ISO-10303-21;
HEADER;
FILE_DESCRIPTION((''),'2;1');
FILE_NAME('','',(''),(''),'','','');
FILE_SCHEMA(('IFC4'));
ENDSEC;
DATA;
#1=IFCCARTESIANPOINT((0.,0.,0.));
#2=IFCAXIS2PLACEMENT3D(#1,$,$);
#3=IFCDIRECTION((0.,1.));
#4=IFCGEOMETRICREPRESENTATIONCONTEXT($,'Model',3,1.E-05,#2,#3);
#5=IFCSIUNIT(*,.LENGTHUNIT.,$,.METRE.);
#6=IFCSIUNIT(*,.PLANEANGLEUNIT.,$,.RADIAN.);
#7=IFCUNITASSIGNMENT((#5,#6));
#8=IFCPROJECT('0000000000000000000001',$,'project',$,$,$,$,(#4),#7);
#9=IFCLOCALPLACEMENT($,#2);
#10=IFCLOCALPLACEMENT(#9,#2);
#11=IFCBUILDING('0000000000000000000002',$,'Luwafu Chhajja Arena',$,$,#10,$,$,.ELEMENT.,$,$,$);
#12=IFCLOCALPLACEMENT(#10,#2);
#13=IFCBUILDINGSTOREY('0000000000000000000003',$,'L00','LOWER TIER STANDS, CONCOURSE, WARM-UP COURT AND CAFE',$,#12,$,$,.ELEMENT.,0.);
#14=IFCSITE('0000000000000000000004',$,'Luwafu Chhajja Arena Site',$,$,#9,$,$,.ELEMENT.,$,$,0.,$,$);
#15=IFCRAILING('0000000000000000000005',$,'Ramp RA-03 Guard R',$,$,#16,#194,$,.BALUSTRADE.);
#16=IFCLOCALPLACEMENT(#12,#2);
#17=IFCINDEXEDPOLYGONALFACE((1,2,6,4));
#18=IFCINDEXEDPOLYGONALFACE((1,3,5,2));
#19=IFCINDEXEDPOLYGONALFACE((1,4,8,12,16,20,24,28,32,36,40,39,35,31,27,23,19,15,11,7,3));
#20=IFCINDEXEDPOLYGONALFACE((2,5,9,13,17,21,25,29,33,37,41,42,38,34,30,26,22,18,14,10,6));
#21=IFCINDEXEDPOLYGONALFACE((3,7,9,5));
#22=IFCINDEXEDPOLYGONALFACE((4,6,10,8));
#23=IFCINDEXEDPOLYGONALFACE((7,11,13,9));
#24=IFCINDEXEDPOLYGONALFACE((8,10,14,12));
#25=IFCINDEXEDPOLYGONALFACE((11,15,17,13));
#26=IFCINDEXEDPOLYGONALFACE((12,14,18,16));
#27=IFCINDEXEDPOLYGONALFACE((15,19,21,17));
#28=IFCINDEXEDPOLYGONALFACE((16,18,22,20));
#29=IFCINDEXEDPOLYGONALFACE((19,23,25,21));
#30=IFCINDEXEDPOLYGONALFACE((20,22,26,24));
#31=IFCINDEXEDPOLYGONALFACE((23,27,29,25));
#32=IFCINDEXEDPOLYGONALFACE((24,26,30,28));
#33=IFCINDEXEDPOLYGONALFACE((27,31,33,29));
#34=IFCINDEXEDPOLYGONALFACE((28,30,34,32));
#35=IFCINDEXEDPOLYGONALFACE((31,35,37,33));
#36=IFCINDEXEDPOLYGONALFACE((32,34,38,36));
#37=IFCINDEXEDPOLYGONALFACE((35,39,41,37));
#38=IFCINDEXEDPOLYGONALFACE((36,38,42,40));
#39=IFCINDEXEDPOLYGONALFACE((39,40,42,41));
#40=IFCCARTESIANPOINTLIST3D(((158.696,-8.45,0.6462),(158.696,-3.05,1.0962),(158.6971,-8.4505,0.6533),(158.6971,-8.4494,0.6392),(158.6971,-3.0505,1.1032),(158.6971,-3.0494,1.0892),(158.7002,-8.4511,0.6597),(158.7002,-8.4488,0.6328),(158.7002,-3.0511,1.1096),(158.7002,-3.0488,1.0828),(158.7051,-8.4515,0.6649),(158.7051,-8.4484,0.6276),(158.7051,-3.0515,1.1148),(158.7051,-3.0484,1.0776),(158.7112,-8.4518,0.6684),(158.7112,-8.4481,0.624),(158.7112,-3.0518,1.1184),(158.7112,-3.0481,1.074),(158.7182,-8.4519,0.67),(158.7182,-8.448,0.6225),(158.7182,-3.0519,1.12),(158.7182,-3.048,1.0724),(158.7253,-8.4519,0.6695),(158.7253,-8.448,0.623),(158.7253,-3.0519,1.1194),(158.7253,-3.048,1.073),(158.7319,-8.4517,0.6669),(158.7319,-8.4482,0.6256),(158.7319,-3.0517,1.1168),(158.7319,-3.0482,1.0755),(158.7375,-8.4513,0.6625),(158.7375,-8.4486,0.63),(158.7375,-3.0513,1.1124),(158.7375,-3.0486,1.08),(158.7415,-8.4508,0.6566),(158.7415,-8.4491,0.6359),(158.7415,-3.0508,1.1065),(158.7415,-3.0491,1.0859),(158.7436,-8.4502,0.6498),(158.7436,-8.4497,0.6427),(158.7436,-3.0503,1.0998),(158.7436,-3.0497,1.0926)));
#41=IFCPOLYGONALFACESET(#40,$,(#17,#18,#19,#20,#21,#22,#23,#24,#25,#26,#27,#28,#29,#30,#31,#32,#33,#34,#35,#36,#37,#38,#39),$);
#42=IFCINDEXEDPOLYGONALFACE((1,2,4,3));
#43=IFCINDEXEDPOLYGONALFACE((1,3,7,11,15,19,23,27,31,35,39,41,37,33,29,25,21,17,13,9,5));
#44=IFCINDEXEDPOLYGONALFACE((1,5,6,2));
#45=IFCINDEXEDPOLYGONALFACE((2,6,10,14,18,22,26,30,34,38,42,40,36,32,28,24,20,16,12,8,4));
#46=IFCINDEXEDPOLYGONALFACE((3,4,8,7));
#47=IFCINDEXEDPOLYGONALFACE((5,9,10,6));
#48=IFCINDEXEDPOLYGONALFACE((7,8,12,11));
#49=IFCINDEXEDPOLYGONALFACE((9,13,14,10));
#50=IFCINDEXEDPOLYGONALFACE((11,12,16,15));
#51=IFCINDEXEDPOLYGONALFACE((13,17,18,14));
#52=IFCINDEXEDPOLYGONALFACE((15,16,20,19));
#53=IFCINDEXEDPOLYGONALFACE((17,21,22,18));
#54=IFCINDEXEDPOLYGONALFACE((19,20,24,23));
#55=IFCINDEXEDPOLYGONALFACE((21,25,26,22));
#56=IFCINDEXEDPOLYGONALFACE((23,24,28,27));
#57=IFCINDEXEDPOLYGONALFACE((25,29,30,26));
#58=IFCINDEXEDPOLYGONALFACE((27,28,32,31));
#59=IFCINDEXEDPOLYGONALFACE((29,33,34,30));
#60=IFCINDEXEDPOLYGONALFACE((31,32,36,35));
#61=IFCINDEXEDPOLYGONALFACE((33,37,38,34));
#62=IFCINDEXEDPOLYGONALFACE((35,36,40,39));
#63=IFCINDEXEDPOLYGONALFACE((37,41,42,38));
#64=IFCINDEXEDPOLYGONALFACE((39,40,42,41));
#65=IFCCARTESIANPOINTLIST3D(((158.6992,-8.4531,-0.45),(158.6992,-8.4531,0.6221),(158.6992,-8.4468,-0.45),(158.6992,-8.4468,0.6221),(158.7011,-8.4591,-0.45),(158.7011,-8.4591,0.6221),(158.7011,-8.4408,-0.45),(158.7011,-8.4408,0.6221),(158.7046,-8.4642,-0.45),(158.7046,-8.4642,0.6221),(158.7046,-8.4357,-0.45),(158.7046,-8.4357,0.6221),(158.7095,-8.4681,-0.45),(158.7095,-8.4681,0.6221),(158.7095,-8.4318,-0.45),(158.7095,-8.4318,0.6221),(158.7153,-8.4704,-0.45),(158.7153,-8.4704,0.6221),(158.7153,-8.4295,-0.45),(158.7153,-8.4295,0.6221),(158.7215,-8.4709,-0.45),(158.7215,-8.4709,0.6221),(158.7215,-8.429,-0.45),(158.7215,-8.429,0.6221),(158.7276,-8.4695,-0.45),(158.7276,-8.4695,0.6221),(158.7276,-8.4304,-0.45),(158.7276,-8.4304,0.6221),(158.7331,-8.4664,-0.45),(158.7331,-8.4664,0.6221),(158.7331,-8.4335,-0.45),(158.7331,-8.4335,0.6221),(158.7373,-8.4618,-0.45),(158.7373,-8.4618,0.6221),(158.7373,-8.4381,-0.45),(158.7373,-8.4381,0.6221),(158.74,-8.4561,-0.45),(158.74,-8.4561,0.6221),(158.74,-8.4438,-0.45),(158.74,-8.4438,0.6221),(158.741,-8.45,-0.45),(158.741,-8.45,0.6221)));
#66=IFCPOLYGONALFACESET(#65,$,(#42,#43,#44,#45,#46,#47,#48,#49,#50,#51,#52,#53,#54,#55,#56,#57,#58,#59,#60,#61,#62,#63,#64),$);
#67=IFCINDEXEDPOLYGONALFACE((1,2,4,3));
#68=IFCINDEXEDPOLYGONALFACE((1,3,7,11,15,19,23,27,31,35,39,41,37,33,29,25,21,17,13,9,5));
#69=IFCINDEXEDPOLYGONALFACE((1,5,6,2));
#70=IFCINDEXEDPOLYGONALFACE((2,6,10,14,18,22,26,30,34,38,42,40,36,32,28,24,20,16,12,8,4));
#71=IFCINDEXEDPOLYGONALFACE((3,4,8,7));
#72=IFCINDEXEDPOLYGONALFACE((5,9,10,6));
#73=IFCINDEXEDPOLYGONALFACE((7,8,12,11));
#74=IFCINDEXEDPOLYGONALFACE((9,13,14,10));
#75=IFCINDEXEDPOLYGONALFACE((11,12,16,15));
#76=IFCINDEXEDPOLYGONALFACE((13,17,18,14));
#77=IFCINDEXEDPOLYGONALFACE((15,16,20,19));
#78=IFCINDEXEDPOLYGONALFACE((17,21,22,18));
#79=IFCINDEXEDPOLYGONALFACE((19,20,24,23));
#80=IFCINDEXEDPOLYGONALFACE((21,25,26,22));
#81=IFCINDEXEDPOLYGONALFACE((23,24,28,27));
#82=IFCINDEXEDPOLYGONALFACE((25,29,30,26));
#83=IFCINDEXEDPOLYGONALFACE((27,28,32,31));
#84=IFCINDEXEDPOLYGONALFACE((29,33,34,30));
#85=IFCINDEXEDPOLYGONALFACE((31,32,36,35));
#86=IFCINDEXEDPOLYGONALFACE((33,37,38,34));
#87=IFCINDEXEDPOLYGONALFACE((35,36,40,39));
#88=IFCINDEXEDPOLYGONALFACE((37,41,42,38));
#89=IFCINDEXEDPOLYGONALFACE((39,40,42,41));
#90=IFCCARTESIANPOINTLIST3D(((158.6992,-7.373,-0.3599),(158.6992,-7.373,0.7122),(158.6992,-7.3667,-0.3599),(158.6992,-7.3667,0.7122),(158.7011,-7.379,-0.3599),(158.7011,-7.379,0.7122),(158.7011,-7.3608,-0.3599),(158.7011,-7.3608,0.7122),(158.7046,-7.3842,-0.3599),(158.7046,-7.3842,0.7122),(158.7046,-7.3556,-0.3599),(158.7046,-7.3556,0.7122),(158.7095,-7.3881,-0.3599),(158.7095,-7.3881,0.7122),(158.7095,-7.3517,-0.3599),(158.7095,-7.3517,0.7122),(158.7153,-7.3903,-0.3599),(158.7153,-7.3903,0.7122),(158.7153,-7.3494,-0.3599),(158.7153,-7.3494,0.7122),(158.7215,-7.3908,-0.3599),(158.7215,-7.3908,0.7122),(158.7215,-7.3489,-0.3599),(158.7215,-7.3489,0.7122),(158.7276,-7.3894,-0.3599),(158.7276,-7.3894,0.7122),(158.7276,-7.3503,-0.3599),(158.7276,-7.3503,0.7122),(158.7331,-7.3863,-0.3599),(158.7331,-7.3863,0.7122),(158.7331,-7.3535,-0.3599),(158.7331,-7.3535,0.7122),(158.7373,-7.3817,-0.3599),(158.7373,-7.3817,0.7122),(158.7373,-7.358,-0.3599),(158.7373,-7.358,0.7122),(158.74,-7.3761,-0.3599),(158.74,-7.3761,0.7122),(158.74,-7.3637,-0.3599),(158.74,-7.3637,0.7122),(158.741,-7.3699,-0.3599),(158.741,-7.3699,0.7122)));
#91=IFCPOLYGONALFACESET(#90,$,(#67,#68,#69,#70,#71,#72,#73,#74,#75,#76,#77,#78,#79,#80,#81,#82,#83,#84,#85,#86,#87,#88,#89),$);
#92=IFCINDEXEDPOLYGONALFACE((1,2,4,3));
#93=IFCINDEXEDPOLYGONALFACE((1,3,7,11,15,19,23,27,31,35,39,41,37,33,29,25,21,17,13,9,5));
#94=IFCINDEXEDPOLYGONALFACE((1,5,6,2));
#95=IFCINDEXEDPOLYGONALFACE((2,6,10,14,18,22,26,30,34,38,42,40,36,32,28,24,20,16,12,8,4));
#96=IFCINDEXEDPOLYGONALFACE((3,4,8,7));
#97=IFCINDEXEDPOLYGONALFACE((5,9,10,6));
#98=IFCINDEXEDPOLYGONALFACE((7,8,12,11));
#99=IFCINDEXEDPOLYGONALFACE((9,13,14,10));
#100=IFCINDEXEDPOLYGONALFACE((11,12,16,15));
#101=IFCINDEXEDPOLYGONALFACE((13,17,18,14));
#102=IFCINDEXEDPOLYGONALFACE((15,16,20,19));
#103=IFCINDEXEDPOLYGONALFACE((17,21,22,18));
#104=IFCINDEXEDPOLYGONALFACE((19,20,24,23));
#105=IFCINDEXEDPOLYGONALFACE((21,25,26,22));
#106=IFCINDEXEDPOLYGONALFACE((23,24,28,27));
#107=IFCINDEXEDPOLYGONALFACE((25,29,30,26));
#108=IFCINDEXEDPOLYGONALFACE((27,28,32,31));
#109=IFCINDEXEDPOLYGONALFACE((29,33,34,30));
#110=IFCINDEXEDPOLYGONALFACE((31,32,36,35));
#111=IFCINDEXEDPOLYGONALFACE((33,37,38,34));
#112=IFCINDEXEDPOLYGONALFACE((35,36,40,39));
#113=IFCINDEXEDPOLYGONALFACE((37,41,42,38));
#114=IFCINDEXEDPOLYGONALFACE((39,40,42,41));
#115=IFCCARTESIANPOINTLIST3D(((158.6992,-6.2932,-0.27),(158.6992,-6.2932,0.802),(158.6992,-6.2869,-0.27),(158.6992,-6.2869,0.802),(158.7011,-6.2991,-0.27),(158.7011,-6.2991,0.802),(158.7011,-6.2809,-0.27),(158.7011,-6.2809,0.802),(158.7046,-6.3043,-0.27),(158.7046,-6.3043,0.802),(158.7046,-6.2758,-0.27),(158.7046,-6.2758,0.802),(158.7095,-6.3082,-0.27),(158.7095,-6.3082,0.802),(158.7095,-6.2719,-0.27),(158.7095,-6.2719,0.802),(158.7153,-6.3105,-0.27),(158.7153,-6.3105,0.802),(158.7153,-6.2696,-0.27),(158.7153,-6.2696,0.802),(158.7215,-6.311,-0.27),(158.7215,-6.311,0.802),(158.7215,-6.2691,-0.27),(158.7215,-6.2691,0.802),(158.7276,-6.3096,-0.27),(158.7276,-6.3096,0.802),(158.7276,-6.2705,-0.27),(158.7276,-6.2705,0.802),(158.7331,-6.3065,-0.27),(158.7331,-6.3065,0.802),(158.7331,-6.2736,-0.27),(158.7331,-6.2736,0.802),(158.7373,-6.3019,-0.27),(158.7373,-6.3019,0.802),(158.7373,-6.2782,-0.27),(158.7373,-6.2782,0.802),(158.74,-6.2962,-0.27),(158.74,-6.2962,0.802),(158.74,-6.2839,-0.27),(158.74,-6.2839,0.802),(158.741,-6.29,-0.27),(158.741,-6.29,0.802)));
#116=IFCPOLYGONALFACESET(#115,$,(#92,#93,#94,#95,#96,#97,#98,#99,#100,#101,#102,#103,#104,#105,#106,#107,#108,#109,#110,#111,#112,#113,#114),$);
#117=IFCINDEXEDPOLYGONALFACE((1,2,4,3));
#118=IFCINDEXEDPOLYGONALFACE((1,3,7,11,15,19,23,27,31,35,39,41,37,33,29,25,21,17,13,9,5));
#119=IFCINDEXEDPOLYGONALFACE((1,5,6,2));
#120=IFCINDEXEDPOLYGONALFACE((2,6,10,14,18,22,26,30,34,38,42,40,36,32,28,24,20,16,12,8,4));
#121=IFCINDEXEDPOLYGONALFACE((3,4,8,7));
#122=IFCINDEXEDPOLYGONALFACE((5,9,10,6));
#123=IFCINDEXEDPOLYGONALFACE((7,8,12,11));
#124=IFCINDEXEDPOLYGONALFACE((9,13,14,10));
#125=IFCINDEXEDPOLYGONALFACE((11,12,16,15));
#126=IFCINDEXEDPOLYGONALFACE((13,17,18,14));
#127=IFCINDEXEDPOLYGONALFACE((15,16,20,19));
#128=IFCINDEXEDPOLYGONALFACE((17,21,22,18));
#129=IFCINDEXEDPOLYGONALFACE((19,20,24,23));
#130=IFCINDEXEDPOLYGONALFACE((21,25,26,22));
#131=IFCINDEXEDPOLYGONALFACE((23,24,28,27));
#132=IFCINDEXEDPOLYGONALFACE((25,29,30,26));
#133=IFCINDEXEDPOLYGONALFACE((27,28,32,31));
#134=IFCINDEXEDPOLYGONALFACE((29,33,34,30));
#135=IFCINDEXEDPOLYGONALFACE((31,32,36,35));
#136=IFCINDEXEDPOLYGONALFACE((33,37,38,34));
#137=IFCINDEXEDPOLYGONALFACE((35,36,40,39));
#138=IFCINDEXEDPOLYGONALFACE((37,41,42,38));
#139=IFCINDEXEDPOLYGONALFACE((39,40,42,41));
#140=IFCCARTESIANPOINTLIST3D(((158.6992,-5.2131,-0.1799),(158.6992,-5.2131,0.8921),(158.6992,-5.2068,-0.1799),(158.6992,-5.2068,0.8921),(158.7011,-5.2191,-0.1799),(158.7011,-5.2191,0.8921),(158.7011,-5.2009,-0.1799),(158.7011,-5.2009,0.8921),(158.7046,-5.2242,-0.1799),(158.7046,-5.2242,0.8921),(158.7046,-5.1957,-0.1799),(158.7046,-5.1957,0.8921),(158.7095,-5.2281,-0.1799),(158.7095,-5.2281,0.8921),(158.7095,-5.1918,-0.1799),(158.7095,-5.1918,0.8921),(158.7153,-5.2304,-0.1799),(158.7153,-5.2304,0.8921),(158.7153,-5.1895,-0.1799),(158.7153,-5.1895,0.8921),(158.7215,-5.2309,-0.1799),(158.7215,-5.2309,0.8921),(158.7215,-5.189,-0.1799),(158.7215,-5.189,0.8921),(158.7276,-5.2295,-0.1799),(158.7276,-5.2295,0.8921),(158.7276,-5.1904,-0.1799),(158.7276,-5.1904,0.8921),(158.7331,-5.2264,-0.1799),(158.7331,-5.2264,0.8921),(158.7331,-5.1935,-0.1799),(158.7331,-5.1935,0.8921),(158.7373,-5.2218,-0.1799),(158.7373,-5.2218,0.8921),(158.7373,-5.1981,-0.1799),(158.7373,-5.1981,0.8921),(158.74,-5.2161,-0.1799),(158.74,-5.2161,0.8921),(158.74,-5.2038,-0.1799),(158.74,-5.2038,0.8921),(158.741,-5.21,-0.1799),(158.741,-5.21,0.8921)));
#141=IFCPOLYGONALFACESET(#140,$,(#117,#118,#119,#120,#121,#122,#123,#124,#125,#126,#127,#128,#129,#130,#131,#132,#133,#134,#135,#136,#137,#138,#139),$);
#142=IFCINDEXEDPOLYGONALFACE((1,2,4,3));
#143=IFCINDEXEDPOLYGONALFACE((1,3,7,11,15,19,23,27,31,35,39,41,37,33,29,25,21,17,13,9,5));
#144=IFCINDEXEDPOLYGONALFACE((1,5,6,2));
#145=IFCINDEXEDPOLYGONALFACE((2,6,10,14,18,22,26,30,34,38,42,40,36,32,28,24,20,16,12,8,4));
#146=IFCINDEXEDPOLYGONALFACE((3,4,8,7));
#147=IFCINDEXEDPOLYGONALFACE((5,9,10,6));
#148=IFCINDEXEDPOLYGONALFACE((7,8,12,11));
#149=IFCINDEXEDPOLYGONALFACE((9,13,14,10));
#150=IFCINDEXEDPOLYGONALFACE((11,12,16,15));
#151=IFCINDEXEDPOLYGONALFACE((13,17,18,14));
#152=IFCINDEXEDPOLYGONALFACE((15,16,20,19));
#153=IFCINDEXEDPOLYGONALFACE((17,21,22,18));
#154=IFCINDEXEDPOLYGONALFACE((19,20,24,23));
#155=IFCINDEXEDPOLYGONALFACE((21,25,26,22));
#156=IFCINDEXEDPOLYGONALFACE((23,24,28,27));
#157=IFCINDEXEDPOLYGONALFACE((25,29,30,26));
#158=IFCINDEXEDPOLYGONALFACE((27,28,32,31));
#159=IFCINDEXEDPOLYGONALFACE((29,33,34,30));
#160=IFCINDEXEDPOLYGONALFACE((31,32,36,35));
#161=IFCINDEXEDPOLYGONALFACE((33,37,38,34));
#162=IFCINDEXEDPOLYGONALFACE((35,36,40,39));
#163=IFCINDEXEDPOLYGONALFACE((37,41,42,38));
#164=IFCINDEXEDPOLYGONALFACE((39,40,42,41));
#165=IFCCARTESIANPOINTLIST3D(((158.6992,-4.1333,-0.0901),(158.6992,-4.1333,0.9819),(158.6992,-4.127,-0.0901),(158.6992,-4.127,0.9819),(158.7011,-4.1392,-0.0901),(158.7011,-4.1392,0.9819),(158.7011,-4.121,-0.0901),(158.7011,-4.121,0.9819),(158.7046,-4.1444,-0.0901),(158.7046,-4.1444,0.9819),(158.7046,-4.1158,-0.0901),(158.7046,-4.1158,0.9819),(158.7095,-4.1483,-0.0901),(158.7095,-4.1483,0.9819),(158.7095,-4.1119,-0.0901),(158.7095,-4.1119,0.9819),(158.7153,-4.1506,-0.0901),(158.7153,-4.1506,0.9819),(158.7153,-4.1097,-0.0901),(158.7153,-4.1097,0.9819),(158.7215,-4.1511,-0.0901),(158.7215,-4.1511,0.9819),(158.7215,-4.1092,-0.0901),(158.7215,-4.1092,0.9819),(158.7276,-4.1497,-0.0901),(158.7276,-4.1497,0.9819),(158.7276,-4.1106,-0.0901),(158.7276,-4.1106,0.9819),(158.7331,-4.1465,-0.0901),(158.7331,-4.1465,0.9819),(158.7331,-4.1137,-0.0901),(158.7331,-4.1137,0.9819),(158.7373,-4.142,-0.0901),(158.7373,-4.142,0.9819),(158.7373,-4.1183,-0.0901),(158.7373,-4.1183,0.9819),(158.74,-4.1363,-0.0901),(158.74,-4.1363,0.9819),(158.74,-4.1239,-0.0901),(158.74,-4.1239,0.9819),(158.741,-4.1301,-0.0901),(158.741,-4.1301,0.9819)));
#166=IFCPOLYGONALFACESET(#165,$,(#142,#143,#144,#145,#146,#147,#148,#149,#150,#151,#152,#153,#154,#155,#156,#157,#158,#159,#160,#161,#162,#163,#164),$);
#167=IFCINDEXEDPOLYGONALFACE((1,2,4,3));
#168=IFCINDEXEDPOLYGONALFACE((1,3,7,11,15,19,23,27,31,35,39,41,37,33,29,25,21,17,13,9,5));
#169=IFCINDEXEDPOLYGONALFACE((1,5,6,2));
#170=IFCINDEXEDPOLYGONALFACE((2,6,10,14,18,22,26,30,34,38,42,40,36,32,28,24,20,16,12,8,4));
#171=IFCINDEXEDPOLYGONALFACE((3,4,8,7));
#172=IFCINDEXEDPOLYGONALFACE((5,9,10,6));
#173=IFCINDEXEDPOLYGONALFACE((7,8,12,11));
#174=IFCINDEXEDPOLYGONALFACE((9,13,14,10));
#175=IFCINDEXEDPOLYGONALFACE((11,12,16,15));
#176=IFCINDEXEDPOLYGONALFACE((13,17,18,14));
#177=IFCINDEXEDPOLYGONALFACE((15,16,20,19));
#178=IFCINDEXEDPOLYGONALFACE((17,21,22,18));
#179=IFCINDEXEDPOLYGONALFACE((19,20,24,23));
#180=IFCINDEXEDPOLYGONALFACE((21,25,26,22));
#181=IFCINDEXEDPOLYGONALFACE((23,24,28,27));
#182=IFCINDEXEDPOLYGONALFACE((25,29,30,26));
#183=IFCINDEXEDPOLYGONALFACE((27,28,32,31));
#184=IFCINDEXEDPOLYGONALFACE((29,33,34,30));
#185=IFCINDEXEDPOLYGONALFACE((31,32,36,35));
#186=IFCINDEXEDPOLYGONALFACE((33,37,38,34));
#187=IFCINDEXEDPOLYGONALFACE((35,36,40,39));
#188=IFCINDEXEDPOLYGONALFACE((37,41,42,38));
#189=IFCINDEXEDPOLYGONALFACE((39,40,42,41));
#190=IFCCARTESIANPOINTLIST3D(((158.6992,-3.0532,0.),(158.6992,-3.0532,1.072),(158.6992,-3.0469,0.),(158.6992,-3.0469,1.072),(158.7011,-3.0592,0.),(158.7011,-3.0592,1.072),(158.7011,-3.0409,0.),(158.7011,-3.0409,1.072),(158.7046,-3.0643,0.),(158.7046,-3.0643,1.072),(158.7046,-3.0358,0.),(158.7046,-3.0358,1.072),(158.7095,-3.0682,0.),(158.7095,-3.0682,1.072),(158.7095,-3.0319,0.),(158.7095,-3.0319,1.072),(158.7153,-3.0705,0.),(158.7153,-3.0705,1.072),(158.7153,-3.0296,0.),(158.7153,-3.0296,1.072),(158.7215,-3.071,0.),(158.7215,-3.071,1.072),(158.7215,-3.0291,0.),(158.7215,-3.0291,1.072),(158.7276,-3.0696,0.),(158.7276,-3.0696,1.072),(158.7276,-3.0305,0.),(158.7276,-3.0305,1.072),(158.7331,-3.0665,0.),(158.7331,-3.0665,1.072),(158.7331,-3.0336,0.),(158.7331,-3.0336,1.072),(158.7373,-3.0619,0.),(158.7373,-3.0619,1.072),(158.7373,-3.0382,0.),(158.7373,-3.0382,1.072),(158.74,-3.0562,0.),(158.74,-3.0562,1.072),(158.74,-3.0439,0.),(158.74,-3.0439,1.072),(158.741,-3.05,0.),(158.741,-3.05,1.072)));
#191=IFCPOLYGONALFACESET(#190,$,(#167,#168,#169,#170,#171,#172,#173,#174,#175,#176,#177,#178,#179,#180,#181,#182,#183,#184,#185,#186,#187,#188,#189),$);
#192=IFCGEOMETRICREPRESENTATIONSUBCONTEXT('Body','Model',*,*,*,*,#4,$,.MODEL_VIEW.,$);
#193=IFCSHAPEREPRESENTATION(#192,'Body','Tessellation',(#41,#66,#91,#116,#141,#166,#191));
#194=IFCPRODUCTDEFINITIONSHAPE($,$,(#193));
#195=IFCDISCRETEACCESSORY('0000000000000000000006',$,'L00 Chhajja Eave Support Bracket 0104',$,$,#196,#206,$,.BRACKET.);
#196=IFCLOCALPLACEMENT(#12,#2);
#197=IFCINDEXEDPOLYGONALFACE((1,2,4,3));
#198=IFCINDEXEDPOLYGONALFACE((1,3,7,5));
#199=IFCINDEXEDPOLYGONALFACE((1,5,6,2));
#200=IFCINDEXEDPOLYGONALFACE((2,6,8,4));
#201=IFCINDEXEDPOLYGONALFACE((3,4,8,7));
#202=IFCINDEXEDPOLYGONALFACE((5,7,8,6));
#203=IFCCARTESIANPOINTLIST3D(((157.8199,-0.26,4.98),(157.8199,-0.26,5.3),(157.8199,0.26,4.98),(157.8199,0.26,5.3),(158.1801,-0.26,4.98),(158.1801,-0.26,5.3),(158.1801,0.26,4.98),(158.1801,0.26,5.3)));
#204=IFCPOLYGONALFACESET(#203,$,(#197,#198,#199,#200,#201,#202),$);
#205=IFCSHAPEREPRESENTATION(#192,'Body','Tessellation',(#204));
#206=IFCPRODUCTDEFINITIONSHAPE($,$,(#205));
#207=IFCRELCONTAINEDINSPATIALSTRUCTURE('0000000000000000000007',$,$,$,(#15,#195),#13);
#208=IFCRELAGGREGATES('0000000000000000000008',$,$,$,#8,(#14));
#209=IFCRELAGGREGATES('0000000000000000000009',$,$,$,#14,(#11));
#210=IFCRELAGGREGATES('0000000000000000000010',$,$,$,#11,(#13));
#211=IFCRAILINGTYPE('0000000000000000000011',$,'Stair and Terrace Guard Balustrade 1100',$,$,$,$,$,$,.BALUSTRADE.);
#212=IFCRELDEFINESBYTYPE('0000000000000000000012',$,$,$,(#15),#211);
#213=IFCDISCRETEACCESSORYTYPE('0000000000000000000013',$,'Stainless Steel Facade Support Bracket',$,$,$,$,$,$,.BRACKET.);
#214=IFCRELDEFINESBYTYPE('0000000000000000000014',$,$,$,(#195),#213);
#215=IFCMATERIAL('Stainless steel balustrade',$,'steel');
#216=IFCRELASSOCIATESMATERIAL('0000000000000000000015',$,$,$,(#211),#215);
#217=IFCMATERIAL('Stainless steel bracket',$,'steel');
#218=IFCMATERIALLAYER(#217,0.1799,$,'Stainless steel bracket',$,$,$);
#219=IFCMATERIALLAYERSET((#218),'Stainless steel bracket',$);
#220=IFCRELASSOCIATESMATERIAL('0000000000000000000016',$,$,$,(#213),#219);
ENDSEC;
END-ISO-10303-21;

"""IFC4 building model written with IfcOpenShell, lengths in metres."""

from ifc_helpers import new_model, si_unit, direction, frame, origin, origin_2d, place, context, subcontext, project, spatial, rectangle, circle, extrude, material, layer, layer_set, type_object, element, save


model = new_model("IFC4")

# Units and contexts
model_context = context("Model", 3, precision=1e-05, world=origin(), true_north=direction((0.0, 1.0)))
body_context = subcontext(model_context, "Body", "Model", "MODEL_VIEW")
ifc_project = project(units=[si_unit("LENGTHUNIT", "METRE"), si_unit("PLANEANGLEUNIT", "RADIAN")], contexts=[model_context])

# Site, building, storey
site_placement = place(None, origin())
site = spatial("IfcSite", under=ifc_project, at=site_placement, Name="Luwafu Chhajja Arena Site", CompositionType="ELEMENT", RefElevation=0.0)
building_placement = place(site_placement, origin())
building = spatial("IfcBuilding", under=site, at=building_placement, Name="Luwafu Chhajja Arena", CompositionType="ELEMENT")
storey_placement = place(building_placement, origin())
storey = spatial("IfcBuildingStorey", under=building, at=storey_placement, Name="L00", Description="LOWER TIER STANDS, CONCOURSE, WARM-UP COURT AND CAFE", CompositionType="ELEMENT", Elevation=0.0)

# Railing
ifc_material_1 = material(Name="Stainless steel balustrade", Category="steel")
railing_type = type_object("IfcRailingType", Name="Stair and Terrace Guard Balustrade 1100", PredefinedType="BALUSTRADE", material=ifc_material_1)
for number, where, name in (
    (1, (158.72, -8.45, -0.45), "Ramp RA-03 Guard R"),
):
    element("IfcRailing", number, at=place(storey_placement, frame(where)), inside=storey, type_object=railing_type, Name=name, PredefinedType="BALUSTRADE", context=body_context, shape_type="SweptSolid", body=[
        extrude(circle(Radius=0.0239, at=origin_2d()), frame((0.0, 0.0, 1.0962), z_axis=(0.0, 0.996546, 0.083038), x_axis=(-1.0, 0.0, 0.0)), (0.0, 0.0, 1.0), 5.4187),
        extrude(circle(Radius=0.021, at=origin_2d()), origin(), (0.0, 0.0, 1.0), 1.072),
        extrude(circle(Radius=0.021, at=origin_2d()), frame((0.0, 1.0801, 0.0901)), (0.0, 0.0, 1.0), 1.072),
        extrude(circle(Radius=0.021, at=origin_2d()), frame((0.0, 2.1599, 0.1799)), (0.0, 0.0, 1.0), 1.072),
        extrude(circle(Radius=0.021, at=origin_2d()), frame((0.0, 3.24, 0.27)), (0.0, 0.0, 1.0), 1.072),
        extrude(circle(Radius=0.021, at=origin_2d()), frame((0.0, 4.3198, 0.3599)), (0.0, 0.0, 1.0), 1.072),
        extrude(circle(Radius=0.021, at=origin_2d()), frame((0.0, 5.3999, 0.45)), (0.0, 0.0, 1.0), 1.072),
    ])

# Discrete accessory
ifc_material_2 = material(Name="Stainless steel bracket", Category="steel")
ifc_layer_1 = layer(ifc_material_2, 0.1799, Name="Stainless steel bracket")
ifc_layer_set_1 = layer_set([ifc_layer_1], Name="Stainless steel bracket")
discrete_accessory_type = type_object("IfcDiscreteAccessoryType", Name="Stainless Steel Facade Support Bracket", PredefinedType="BRACKET", material=ifc_layer_set_1)
discrete_accessory_1_placement = place(storey_placement, frame((158.0, 0.0, 4.98), z_axis=(0.0, 0.0, 1.0), x_axis=(1.0, 0.0, 0.0)))
element("IfcDiscreteAccessory", 2, at=discrete_accessory_1_placement, inside=storey, type_object=discrete_accessory_type, Name="L00 Chhajja Eave Support Bracket 0104", PredefinedType="BRACKET", context=body_context, shape_type="SweptSolid", body=[
    extrude(rectangle(XDim=0.3601, YDim=0.52, at=origin_2d()), origin(), (0.0, 0.0, 1.0), 0.3201),
])

save(model, "model.ifc")
